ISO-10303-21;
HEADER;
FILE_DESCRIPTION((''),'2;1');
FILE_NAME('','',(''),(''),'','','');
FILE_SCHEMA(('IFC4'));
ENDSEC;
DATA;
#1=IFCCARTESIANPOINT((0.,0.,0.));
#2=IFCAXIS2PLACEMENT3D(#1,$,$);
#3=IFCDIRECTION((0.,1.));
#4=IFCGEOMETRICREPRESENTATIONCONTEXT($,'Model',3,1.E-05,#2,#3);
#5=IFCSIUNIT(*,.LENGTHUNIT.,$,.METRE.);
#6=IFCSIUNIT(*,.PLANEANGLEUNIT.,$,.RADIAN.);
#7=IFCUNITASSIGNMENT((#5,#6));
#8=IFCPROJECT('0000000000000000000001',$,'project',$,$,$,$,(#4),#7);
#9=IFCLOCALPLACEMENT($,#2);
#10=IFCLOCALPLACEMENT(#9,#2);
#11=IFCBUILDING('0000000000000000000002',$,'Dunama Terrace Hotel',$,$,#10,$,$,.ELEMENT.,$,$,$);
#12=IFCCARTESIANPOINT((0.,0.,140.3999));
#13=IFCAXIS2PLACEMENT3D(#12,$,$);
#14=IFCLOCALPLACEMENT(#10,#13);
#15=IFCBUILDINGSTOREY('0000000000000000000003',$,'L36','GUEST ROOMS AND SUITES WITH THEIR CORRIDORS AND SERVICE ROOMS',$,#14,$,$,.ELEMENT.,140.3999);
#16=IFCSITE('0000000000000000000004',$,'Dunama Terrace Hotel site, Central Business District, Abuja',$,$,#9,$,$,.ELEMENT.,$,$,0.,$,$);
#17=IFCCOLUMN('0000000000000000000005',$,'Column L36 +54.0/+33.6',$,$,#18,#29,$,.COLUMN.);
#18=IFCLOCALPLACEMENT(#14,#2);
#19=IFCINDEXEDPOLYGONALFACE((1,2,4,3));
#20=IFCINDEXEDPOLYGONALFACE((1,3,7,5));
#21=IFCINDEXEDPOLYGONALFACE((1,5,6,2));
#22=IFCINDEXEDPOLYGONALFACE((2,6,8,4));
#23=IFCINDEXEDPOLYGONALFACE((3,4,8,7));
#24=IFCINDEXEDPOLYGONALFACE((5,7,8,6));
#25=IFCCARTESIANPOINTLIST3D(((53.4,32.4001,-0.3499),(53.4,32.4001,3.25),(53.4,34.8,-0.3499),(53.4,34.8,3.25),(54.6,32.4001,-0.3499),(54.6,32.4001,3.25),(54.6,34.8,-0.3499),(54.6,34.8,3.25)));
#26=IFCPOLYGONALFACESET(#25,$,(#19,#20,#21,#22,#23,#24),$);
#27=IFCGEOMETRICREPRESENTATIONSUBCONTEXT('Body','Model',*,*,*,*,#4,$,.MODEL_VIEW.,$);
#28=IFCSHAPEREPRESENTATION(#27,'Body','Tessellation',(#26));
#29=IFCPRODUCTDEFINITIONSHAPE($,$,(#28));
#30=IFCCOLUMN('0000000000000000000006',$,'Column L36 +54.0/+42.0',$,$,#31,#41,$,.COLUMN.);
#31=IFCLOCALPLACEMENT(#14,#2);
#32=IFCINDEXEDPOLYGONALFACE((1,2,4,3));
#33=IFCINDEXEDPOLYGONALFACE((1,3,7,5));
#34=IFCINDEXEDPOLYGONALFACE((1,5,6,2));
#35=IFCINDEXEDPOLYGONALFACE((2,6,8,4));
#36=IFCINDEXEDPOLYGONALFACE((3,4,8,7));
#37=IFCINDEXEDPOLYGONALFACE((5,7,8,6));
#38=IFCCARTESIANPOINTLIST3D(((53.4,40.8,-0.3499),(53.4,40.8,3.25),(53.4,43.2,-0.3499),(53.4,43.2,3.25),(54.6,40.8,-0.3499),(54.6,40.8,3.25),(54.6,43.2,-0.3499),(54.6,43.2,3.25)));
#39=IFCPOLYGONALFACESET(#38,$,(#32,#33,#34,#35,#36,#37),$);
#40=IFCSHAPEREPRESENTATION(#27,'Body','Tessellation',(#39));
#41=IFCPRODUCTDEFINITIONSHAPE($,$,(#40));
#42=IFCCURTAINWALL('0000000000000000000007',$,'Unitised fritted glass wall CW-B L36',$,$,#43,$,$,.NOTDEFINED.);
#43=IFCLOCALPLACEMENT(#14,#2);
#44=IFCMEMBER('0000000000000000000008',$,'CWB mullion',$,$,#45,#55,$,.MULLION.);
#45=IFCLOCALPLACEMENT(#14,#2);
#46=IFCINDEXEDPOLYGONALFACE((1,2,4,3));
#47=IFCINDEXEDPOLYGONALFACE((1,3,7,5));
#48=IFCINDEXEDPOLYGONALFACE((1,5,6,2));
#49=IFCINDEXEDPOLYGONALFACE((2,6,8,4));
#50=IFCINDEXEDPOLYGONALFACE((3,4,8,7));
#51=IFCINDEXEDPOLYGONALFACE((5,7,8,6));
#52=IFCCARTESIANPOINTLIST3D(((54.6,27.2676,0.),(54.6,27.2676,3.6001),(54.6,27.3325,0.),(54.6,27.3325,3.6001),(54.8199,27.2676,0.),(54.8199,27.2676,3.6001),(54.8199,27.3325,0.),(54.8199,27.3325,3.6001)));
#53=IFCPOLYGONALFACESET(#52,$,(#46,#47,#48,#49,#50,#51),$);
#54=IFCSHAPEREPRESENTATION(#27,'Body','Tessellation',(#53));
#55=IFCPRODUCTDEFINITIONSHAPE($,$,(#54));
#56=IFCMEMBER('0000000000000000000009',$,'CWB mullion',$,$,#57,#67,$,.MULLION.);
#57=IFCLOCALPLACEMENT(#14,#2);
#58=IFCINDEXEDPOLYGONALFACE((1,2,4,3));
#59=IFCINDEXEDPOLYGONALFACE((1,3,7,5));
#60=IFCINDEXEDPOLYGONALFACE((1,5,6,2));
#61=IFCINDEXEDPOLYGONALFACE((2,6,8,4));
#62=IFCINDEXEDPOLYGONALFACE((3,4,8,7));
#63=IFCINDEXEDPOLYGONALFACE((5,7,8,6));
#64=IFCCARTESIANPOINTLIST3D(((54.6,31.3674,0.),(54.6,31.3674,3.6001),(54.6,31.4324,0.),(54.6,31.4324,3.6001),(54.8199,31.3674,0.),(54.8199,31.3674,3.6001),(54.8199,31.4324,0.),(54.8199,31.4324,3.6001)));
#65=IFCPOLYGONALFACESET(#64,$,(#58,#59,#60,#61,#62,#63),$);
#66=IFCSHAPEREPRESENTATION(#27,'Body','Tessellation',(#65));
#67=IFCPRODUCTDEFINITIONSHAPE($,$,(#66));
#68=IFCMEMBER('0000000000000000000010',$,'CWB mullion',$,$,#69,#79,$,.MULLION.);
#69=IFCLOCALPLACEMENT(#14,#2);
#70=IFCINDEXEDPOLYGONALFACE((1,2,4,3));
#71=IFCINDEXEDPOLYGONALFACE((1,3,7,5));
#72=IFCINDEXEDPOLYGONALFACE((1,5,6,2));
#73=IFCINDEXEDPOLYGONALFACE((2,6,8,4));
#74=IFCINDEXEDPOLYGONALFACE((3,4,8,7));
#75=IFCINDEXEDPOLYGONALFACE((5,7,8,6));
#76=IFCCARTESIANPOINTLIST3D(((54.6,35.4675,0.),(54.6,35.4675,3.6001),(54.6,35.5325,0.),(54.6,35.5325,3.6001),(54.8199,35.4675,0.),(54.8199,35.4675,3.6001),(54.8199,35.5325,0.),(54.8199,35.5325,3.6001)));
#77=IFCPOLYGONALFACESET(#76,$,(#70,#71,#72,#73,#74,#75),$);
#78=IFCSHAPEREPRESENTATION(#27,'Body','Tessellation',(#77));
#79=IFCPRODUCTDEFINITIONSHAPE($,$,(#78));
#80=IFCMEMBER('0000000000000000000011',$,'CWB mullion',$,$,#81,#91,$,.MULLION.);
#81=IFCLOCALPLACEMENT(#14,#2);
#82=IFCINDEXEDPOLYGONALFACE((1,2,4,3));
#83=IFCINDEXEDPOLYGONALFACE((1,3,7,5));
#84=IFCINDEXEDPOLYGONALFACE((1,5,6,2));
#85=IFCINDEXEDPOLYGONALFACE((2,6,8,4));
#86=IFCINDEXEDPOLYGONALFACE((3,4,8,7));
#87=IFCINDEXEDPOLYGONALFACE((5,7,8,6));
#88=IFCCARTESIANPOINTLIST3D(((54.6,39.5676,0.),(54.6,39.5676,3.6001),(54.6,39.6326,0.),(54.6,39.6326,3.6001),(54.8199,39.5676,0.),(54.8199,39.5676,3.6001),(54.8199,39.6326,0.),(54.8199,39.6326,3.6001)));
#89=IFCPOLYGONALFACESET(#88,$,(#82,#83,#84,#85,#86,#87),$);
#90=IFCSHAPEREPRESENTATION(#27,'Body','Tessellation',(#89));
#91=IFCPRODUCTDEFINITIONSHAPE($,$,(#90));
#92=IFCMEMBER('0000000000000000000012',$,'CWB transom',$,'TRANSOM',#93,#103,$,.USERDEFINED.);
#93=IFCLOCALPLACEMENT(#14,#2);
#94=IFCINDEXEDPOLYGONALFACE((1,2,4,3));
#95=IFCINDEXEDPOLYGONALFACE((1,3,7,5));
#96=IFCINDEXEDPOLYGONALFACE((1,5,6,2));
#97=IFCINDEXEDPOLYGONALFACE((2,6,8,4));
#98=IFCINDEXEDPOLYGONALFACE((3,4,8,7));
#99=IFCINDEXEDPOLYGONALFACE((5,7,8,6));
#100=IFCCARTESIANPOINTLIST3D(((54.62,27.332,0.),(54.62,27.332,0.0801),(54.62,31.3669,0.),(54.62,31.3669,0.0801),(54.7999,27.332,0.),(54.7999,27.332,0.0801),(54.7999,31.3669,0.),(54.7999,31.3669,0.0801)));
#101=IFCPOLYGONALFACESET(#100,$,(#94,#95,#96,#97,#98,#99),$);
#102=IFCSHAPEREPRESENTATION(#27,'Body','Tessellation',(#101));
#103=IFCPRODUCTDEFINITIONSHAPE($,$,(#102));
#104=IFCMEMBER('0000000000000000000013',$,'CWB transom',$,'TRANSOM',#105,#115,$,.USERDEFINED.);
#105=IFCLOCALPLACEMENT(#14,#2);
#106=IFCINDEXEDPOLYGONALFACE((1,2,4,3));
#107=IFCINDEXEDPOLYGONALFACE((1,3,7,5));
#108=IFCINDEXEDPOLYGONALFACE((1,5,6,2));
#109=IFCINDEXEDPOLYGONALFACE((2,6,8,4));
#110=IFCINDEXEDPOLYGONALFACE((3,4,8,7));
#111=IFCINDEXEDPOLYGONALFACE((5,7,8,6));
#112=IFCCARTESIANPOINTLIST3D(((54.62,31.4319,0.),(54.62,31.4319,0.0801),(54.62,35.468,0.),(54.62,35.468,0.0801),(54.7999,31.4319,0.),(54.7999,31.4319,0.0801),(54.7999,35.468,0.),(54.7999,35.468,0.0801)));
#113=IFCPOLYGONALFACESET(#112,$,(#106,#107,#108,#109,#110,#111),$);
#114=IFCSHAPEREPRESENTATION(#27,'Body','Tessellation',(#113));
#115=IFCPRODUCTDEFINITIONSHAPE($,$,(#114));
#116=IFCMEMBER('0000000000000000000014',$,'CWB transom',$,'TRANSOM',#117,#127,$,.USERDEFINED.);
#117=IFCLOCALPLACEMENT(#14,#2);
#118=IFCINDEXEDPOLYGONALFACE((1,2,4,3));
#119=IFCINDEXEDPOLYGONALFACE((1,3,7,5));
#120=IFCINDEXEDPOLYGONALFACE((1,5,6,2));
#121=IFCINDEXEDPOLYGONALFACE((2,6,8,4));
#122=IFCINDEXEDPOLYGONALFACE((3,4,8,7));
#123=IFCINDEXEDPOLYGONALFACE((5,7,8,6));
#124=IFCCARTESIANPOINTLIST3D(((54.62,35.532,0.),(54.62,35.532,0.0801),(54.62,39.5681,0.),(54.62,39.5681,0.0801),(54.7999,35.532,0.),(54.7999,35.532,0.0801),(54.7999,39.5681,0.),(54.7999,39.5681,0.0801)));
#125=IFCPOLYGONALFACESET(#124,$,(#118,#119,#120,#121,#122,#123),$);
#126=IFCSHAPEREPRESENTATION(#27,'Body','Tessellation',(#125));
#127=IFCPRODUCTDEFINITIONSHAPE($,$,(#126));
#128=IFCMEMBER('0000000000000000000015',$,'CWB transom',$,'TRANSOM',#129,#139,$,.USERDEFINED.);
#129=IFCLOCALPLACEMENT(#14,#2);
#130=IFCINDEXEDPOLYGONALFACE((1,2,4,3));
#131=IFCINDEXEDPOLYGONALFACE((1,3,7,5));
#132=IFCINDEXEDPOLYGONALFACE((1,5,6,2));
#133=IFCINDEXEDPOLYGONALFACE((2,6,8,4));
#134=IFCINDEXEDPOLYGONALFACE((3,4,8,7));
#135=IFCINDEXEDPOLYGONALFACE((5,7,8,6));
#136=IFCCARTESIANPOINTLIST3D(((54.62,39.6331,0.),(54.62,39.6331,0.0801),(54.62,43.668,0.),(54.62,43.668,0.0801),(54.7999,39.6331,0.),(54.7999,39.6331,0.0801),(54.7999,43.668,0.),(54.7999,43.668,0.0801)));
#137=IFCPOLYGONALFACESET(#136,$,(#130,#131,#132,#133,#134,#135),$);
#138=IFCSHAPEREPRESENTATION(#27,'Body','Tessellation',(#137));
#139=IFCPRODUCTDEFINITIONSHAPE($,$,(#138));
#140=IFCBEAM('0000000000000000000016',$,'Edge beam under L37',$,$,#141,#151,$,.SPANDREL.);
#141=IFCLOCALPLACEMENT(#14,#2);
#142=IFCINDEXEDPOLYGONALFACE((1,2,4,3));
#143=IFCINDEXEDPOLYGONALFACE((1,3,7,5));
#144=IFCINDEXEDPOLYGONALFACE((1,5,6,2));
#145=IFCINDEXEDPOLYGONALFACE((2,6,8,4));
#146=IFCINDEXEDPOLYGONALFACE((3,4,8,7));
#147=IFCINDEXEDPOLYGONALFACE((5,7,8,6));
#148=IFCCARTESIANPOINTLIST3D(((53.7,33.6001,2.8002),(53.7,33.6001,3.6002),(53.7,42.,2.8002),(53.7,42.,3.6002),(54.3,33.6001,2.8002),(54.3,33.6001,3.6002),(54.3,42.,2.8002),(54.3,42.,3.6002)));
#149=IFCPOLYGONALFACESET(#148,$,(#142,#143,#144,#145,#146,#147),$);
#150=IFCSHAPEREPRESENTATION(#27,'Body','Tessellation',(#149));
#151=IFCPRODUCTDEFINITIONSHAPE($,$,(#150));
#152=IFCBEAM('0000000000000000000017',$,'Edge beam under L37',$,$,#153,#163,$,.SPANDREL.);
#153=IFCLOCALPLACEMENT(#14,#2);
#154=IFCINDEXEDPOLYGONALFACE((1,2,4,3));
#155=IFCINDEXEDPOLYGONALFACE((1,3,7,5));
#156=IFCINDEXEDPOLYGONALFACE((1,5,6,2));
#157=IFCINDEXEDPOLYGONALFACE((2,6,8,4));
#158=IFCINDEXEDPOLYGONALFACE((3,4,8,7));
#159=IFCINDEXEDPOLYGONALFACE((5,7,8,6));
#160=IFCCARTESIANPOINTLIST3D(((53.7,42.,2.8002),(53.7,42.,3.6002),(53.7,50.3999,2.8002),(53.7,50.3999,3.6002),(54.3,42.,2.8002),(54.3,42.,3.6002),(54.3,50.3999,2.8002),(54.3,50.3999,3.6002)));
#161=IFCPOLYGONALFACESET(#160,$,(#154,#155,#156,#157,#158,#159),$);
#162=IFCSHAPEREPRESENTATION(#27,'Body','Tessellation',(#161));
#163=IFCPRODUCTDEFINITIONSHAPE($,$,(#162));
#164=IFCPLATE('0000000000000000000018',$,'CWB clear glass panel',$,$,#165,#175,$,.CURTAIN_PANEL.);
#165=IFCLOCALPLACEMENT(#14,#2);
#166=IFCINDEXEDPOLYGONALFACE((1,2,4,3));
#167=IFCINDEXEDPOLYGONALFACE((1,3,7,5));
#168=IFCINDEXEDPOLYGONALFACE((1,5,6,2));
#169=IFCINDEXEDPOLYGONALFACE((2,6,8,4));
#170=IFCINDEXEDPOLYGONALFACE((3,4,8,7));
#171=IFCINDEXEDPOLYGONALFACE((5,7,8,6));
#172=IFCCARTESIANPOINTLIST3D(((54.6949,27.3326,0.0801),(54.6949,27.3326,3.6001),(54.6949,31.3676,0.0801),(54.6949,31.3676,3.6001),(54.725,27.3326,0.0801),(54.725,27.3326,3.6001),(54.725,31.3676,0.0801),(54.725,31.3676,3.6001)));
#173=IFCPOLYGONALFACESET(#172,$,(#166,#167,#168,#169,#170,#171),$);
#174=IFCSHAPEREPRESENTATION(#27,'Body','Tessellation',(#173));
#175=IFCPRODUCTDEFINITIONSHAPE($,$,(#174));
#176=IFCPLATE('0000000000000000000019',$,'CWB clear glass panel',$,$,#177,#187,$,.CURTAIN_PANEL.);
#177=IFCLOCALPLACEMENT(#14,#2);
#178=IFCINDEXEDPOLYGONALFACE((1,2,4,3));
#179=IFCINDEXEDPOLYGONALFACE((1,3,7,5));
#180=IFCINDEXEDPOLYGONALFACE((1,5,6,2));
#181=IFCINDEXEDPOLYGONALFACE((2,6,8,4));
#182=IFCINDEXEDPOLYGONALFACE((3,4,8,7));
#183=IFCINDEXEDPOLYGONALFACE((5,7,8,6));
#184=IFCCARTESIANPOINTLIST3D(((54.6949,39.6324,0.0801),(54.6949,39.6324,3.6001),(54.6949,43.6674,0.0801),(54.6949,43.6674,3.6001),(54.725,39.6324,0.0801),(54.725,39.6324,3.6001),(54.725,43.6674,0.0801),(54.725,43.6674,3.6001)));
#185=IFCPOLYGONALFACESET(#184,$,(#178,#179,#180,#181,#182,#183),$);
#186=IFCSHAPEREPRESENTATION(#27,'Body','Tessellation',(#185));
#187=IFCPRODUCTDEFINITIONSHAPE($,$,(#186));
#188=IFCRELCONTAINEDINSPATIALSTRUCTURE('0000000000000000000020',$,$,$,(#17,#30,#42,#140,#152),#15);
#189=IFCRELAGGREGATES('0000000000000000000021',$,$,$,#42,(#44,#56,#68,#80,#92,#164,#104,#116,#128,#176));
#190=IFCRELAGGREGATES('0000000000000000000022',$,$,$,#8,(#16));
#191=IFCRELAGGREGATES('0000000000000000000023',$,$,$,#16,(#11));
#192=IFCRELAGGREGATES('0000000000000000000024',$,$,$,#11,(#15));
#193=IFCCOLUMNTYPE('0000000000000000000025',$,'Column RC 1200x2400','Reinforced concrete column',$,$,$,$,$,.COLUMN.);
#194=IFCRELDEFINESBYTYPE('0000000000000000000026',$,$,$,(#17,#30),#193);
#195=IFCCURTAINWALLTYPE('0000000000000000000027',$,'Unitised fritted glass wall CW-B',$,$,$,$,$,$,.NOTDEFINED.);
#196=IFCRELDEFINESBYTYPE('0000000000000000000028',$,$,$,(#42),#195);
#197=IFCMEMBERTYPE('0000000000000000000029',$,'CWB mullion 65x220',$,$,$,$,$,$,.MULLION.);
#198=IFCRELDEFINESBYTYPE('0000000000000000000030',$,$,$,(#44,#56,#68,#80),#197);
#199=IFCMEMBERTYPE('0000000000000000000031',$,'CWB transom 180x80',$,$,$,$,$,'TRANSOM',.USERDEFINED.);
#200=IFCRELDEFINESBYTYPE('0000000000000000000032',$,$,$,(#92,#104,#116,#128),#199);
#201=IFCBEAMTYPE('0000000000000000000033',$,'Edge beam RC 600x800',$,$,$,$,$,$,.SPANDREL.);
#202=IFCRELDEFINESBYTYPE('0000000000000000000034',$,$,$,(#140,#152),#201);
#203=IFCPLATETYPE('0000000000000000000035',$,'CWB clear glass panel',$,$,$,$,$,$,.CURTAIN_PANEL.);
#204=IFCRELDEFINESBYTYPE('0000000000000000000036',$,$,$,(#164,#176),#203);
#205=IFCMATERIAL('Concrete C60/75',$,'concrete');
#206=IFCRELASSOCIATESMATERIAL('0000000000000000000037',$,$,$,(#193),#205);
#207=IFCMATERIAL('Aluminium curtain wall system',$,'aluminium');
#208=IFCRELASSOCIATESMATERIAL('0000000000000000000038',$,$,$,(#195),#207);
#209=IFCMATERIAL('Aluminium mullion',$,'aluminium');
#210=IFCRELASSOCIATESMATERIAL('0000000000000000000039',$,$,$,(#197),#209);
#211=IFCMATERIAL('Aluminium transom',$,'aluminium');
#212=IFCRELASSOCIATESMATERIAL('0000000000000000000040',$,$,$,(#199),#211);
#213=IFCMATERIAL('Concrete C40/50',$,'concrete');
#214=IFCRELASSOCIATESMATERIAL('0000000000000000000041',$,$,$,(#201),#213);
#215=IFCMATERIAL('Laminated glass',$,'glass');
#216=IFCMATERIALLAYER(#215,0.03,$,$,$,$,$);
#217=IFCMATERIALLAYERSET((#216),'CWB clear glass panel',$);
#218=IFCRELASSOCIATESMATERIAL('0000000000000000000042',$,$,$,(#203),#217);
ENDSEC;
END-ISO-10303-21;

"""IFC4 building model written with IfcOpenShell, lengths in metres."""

from ifc_helpers import new_model, si_unit, direction, frame, origin, origin_2d, place, context, subcontext, project, spatial, rectangle, extrude, material, layer, layer_set, material_profile, profile_set, type_object, element, aggregate, save


model = new_model("IFC4")

# Units and contexts
model_context = context("Model", 3, precision=1e-05, world=origin(), true_north=direction((0.0, 1.0)))
body_context = subcontext(model_context, "Body", "Model", "MODEL_VIEW")
ifc_project = project(units=[si_unit("LENGTHUNIT", "METRE"), si_unit("PLANEANGLEUNIT", "RADIAN")], contexts=[model_context])

# Site, building, storey
site_placement = place(None, origin())
site = spatial("IfcSite", under=ifc_project, at=site_placement, Name="Dunama Terrace Hotel site, Central Business District, Abuja", CompositionType="ELEMENT", RefElevation=0.0)
building_placement = place(site_placement, origin())
building = spatial("IfcBuilding", under=site, at=building_placement, Name="Dunama Terrace Hotel", CompositionType="ELEMENT")
storey_placement = place(building_placement, frame((0.0, 0.0, 140.3999)))
storey = spatial("IfcBuildingStorey", under=building, at=storey_placement, Name="L36", Description="GUEST ROOMS AND SUITES WITH THEIR CORRIDORS AND SERVICE ROOMS", CompositionType="ELEMENT", Elevation=140.3999)

# Columns
ifc_material_1 = material(Name="Concrete C60/75", Category="concrete")
ifc_material_profile_1 = material_profile(ifc_material_1, rectangle(XDim=1.2, YDim=2.3999, at=origin_2d()), Name="RC 1200x2400")
ifc_profile_set_1 = profile_set([ifc_material_profile_1], Name="Concrete C60/75")
column_type = type_object("IfcColumnType", Name="Column RC 1200x2400", Description="Reinforced concrete column", PredefinedType="COLUMN", material=ifc_profile_set_1)
for number, where, z_axis, x_axis, name in (
    (1, (54.0, 33.6001, -0.3499), (0.0, 0.0, 1.0), (1.0, 0.0, 0.0), "Column L36 +54.0/+33.6"),
    (2, (54.0, 42.0, -0.3499), (0.0, 0.0, 1.0), (1.0, 0.0, 0.0), "Column L36 +54.0/+42.0"),
):
    element("IfcColumn", number, at=place(storey_placement, frame(where, z_axis=z_axis, x_axis=x_axis)), inside=storey, type_object=column_type, Name=name, PredefinedType="COLUMN", context=body_context, shape_type="SweptSolid", body=[
        extrude(rectangle(XDim=1.2, YDim=2.3999, at=origin_2d()), origin(), (0.0, 0.0, 1.0), 3.5999),
    ])

# Curtain wall, members
ifc_material_2 = material(Name="Aluminium curtain wall system", Category="aluminium")
curtain_wall_type = type_object("IfcCurtainWallType", Name="Unitised fritted glass wall CW-B", PredefinedType="NOTDEFINED", material=ifc_material_2)
curtain_wall_placement = place(storey_placement, origin())
curtain_wall = element("IfcCurtainWall", 3, at=curtain_wall_placement, inside=storey, type_object=curtain_wall_type, Name="Unitised fritted glass wall CW-B L36", PredefinedType="NOTDEFINED")
ifc_material_3 = material(Name="Aluminium mullion", Category="aluminium")
ifc_material_profile_2 = material_profile(ifc_material_3, rectangle(XDim=0.0649, YDim=0.22, at=origin_2d()), Name="CWB MULLION 65X220")
ifc_profile_set_2 = profile_set([ifc_material_profile_2], Name="Aluminium mullion")
member_type_1 = type_object("IfcMemberType", Name="CWB mullion 65x220", PredefinedType="MULLION", material=ifc_profile_set_2)
member_1_placement = place(storey_placement, frame((54.71, 27.3, 0.0), z_axis=(0.0, 0.0, 1.0), x_axis=(0.0, 1.0, 0.0)))
member_1 = element("IfcMember", 4, at=member_1_placement, type_object=member_type_1, Name="CWB mullion", PredefinedType="MULLION", context=body_context, shape_type="SweptSolid", body=[
    extrude(rectangle(XDim=0.0649, YDim=0.22, at=origin_2d()), origin(), (0.0, 0.0, 1.0), 3.6001),
])
member_2_placement = place(storey_placement, frame((54.71, 31.3999, 0.0), z_axis=(0.0, 0.0, 1.0), x_axis=(0.0, 1.0, 0.0)))
member_2 = element("IfcMember", 5, at=member_2_placement, type_object=member_type_1, Name="CWB mullion", PredefinedType="MULLION", context=body_context, shape_type="SweptSolid", body=[
    extrude(rectangle(XDim=0.0649, YDim=0.22, at=origin_2d()), origin(), (0.0, 0.0, 1.0), 3.6001),
])
member_3_placement = place(storey_placement, frame((54.71, 35.5, 0.0), z_axis=(0.0, 0.0, 1.0), x_axis=(0.0, 1.0, 0.0)))
member_3 = element("IfcMember", 6, at=member_3_placement, type_object=member_type_1, Name="CWB mullion", PredefinedType="MULLION", context=body_context, shape_type="SweptSolid", body=[
    extrude(rectangle(XDim=0.0649, YDim=0.22, at=origin_2d()), origin(), (0.0, 0.0, 1.0), 3.6001),
])
member_4_placement = place(storey_placement, frame((54.71, 39.6001, 0.0), z_axis=(0.0, 0.0, 1.0), x_axis=(0.0, 1.0, 0.0)))
member_4 = element("IfcMember", 7, at=member_4_placement, type_object=member_type_1, Name="CWB mullion", PredefinedType="MULLION", context=body_context, shape_type="SweptSolid", body=[
    extrude(rectangle(XDim=0.0649, YDim=0.22, at=origin_2d()), origin(), (0.0, 0.0, 1.0), 3.6001),
])
ifc_material_4 = material(Name="Aluminium transom", Category="aluminium")
ifc_material_profile_3 = material_profile(ifc_material_4, rectangle(XDim=0.1799, YDim=0.0801, at=origin_2d()), Name="CWB TRANSOM 180X80")
ifc_profile_set_3 = profile_set([ifc_material_profile_3], Name="Aluminium transom")
member_type_2 = type_object("IfcMemberType", Name="CWB transom 180x80", ElementType="TRANSOM", PredefinedType="USERDEFINED", material=ifc_profile_set_3)
member_5_placement = place(storey_placement, frame((54.71, 27.332, 0.04), z_axis=(0.0, 1.0, 0.0), x_axis=(-1.0, 0.0, 0.0)))
member_5 = element("IfcMember", 8, at=member_5_placement, type_object=member_type_2, Name="CWB transom", ObjectType="TRANSOM", PredefinedType="USERDEFINED", context=body_context, shape_type="SweptSolid", body=[
    extrude(rectangle(XDim=0.1799, YDim=0.0801, at=origin_2d()), origin(), (0.0, 0.0, 1.0), 4.0349),
])
member_6_placement = place(storey_placement, frame((54.71, 31.4319, 0.04), z_axis=(0.0, 1.0, 0.0), x_axis=(-1.0, 0.0, 0.0)))
member_6 = element("IfcMember", 9, at=member_6_placement, type_object=member_type_2, Name="CWB transom", ObjectType="TRANSOM", PredefinedType="USERDEFINED", context=body_context, shape_type="SweptSolid", body=[
    extrude(rectangle(XDim=0.1799, YDim=0.0801, at=origin_2d()), origin(), (0.0, 0.0, 1.0), 4.0361),
])
member_7_placement = place(storey_placement, frame((54.71, 35.532, 0.04), z_axis=(0.0, 1.0, 0.0), x_axis=(-1.0, 0.0, 0.0)))
member_7 = element("IfcMember", 10, at=member_7_placement, type_object=member_type_2, Name="CWB transom", ObjectType="TRANSOM", PredefinedType="USERDEFINED", context=body_context, shape_type="SweptSolid", body=[
    extrude(rectangle(XDim=0.1799, YDim=0.0801, at=origin_2d()), origin(), (0.0, 0.0, 1.0), 4.0361),
])
member_8_placement = place(storey_placement, frame((54.71, 39.6331, 0.04), z_axis=(0.0, 1.0, 0.0), x_axis=(-1.0, 0.0, 0.0)))
member_8 = element("IfcMember", 11, at=member_8_placement, type_object=member_type_2, Name="CWB transom", ObjectType="TRANSOM", PredefinedType="USERDEFINED", context=body_context, shape_type="SweptSolid", body=[
    extrude(rectangle(XDim=0.1799, YDim=0.0801, at=origin_2d()), origin(), (0.0, 0.0, 1.0), 4.0349),
])

# Beams
ifc_material_5 = material(Name="Concrete C40/50", Category="concrete")
ifc_material_profile_4 = material_profile(ifc_material_5, rectangle(XDim=0.6001, YDim=0.8, at=origin_2d()), Name="RC 600x800")
ifc_profile_set_4 = profile_set([ifc_material_profile_4], Name="Concrete C40/50")
beam_type = type_object("IfcBeamType", Name="Edge beam RC 600x800", PredefinedType="SPANDREL", material=ifc_profile_set_4)
for number, where, z_axis, x_axis, name in (
    (12, (54.0, 33.6001, 3.2002), (0.0, 1.0, 0.0), (-1.0, 0.0, 0.0), "Edge beam under L37"),
    (13, (54.0, 42.0, 3.2002), (0.0, 1.0, 0.0), (-1.0, 0.0, 0.0), "Edge beam under L37"),
):
    element("IfcBeam", number, at=place(storey_placement, frame(where, z_axis=z_axis, x_axis=x_axis)), inside=storey, type_object=beam_type, Name=name, PredefinedType="SPANDREL", context=body_context, shape_type="SweptSolid", body=[
        extrude(rectangle(XDim=0.6001, YDim=0.8, at=origin_2d()), origin(), (0.0, 0.0, 1.0), 8.3999),
    ])

# Plates
ifc_material_6 = material(Name="Laminated glass", Category="glass")
ifc_layer_1 = layer(ifc_material_6, 0.03)
ifc_layer_set_1 = layer_set([ifc_layer_1], Name="CWB clear glass panel")
plate_type_1 = type_object("IfcPlateType", Name="CWB clear glass panel", PredefinedType="CURTAIN_PANEL", material=ifc_layer_set_1)
plate_1_placement = place(storey_placement, frame((54.71, 29.3501, 0.0801), z_axis=(0.0, 0.0, 1.0), x_axis=(0.0, 1.0, 0.0)))
plate_1 = element("IfcPlate", 14, at=plate_1_placement, type_object=plate_type_1, Name="CWB clear glass panel", PredefinedType="CURTAIN_PANEL", context=body_context, shape_type="SweptSolid", body=[
    extrude(rectangle(XDim=4.0349, YDim=0.03, at=origin_2d()), origin(), (0.0, 0.0, 1.0), 3.52),
])
plate_2_placement = place(storey_placement, frame((54.71, 41.6499, 0.0801), z_axis=(0.0, 0.0, 1.0), x_axis=(0.0, 1.0, 0.0)))
plate_2 = element("IfcPlate", 15, at=plate_2_placement, type_object=plate_type_1, Name="CWB clear glass panel", PredefinedType="CURTAIN_PANEL", context=body_context, shape_type="SweptSolid", body=[
    extrude(rectangle(XDim=4.0349, YDim=0.03, at=origin_2d()), origin(), (0.0, 0.0, 1.0), 3.52),
])
aggregate(curtain_wall, [member_1, member_2, member_3, member_4, member_5, plate_1, member_6, member_7, member_8, plate_2])

save(model, "model.ifc")
